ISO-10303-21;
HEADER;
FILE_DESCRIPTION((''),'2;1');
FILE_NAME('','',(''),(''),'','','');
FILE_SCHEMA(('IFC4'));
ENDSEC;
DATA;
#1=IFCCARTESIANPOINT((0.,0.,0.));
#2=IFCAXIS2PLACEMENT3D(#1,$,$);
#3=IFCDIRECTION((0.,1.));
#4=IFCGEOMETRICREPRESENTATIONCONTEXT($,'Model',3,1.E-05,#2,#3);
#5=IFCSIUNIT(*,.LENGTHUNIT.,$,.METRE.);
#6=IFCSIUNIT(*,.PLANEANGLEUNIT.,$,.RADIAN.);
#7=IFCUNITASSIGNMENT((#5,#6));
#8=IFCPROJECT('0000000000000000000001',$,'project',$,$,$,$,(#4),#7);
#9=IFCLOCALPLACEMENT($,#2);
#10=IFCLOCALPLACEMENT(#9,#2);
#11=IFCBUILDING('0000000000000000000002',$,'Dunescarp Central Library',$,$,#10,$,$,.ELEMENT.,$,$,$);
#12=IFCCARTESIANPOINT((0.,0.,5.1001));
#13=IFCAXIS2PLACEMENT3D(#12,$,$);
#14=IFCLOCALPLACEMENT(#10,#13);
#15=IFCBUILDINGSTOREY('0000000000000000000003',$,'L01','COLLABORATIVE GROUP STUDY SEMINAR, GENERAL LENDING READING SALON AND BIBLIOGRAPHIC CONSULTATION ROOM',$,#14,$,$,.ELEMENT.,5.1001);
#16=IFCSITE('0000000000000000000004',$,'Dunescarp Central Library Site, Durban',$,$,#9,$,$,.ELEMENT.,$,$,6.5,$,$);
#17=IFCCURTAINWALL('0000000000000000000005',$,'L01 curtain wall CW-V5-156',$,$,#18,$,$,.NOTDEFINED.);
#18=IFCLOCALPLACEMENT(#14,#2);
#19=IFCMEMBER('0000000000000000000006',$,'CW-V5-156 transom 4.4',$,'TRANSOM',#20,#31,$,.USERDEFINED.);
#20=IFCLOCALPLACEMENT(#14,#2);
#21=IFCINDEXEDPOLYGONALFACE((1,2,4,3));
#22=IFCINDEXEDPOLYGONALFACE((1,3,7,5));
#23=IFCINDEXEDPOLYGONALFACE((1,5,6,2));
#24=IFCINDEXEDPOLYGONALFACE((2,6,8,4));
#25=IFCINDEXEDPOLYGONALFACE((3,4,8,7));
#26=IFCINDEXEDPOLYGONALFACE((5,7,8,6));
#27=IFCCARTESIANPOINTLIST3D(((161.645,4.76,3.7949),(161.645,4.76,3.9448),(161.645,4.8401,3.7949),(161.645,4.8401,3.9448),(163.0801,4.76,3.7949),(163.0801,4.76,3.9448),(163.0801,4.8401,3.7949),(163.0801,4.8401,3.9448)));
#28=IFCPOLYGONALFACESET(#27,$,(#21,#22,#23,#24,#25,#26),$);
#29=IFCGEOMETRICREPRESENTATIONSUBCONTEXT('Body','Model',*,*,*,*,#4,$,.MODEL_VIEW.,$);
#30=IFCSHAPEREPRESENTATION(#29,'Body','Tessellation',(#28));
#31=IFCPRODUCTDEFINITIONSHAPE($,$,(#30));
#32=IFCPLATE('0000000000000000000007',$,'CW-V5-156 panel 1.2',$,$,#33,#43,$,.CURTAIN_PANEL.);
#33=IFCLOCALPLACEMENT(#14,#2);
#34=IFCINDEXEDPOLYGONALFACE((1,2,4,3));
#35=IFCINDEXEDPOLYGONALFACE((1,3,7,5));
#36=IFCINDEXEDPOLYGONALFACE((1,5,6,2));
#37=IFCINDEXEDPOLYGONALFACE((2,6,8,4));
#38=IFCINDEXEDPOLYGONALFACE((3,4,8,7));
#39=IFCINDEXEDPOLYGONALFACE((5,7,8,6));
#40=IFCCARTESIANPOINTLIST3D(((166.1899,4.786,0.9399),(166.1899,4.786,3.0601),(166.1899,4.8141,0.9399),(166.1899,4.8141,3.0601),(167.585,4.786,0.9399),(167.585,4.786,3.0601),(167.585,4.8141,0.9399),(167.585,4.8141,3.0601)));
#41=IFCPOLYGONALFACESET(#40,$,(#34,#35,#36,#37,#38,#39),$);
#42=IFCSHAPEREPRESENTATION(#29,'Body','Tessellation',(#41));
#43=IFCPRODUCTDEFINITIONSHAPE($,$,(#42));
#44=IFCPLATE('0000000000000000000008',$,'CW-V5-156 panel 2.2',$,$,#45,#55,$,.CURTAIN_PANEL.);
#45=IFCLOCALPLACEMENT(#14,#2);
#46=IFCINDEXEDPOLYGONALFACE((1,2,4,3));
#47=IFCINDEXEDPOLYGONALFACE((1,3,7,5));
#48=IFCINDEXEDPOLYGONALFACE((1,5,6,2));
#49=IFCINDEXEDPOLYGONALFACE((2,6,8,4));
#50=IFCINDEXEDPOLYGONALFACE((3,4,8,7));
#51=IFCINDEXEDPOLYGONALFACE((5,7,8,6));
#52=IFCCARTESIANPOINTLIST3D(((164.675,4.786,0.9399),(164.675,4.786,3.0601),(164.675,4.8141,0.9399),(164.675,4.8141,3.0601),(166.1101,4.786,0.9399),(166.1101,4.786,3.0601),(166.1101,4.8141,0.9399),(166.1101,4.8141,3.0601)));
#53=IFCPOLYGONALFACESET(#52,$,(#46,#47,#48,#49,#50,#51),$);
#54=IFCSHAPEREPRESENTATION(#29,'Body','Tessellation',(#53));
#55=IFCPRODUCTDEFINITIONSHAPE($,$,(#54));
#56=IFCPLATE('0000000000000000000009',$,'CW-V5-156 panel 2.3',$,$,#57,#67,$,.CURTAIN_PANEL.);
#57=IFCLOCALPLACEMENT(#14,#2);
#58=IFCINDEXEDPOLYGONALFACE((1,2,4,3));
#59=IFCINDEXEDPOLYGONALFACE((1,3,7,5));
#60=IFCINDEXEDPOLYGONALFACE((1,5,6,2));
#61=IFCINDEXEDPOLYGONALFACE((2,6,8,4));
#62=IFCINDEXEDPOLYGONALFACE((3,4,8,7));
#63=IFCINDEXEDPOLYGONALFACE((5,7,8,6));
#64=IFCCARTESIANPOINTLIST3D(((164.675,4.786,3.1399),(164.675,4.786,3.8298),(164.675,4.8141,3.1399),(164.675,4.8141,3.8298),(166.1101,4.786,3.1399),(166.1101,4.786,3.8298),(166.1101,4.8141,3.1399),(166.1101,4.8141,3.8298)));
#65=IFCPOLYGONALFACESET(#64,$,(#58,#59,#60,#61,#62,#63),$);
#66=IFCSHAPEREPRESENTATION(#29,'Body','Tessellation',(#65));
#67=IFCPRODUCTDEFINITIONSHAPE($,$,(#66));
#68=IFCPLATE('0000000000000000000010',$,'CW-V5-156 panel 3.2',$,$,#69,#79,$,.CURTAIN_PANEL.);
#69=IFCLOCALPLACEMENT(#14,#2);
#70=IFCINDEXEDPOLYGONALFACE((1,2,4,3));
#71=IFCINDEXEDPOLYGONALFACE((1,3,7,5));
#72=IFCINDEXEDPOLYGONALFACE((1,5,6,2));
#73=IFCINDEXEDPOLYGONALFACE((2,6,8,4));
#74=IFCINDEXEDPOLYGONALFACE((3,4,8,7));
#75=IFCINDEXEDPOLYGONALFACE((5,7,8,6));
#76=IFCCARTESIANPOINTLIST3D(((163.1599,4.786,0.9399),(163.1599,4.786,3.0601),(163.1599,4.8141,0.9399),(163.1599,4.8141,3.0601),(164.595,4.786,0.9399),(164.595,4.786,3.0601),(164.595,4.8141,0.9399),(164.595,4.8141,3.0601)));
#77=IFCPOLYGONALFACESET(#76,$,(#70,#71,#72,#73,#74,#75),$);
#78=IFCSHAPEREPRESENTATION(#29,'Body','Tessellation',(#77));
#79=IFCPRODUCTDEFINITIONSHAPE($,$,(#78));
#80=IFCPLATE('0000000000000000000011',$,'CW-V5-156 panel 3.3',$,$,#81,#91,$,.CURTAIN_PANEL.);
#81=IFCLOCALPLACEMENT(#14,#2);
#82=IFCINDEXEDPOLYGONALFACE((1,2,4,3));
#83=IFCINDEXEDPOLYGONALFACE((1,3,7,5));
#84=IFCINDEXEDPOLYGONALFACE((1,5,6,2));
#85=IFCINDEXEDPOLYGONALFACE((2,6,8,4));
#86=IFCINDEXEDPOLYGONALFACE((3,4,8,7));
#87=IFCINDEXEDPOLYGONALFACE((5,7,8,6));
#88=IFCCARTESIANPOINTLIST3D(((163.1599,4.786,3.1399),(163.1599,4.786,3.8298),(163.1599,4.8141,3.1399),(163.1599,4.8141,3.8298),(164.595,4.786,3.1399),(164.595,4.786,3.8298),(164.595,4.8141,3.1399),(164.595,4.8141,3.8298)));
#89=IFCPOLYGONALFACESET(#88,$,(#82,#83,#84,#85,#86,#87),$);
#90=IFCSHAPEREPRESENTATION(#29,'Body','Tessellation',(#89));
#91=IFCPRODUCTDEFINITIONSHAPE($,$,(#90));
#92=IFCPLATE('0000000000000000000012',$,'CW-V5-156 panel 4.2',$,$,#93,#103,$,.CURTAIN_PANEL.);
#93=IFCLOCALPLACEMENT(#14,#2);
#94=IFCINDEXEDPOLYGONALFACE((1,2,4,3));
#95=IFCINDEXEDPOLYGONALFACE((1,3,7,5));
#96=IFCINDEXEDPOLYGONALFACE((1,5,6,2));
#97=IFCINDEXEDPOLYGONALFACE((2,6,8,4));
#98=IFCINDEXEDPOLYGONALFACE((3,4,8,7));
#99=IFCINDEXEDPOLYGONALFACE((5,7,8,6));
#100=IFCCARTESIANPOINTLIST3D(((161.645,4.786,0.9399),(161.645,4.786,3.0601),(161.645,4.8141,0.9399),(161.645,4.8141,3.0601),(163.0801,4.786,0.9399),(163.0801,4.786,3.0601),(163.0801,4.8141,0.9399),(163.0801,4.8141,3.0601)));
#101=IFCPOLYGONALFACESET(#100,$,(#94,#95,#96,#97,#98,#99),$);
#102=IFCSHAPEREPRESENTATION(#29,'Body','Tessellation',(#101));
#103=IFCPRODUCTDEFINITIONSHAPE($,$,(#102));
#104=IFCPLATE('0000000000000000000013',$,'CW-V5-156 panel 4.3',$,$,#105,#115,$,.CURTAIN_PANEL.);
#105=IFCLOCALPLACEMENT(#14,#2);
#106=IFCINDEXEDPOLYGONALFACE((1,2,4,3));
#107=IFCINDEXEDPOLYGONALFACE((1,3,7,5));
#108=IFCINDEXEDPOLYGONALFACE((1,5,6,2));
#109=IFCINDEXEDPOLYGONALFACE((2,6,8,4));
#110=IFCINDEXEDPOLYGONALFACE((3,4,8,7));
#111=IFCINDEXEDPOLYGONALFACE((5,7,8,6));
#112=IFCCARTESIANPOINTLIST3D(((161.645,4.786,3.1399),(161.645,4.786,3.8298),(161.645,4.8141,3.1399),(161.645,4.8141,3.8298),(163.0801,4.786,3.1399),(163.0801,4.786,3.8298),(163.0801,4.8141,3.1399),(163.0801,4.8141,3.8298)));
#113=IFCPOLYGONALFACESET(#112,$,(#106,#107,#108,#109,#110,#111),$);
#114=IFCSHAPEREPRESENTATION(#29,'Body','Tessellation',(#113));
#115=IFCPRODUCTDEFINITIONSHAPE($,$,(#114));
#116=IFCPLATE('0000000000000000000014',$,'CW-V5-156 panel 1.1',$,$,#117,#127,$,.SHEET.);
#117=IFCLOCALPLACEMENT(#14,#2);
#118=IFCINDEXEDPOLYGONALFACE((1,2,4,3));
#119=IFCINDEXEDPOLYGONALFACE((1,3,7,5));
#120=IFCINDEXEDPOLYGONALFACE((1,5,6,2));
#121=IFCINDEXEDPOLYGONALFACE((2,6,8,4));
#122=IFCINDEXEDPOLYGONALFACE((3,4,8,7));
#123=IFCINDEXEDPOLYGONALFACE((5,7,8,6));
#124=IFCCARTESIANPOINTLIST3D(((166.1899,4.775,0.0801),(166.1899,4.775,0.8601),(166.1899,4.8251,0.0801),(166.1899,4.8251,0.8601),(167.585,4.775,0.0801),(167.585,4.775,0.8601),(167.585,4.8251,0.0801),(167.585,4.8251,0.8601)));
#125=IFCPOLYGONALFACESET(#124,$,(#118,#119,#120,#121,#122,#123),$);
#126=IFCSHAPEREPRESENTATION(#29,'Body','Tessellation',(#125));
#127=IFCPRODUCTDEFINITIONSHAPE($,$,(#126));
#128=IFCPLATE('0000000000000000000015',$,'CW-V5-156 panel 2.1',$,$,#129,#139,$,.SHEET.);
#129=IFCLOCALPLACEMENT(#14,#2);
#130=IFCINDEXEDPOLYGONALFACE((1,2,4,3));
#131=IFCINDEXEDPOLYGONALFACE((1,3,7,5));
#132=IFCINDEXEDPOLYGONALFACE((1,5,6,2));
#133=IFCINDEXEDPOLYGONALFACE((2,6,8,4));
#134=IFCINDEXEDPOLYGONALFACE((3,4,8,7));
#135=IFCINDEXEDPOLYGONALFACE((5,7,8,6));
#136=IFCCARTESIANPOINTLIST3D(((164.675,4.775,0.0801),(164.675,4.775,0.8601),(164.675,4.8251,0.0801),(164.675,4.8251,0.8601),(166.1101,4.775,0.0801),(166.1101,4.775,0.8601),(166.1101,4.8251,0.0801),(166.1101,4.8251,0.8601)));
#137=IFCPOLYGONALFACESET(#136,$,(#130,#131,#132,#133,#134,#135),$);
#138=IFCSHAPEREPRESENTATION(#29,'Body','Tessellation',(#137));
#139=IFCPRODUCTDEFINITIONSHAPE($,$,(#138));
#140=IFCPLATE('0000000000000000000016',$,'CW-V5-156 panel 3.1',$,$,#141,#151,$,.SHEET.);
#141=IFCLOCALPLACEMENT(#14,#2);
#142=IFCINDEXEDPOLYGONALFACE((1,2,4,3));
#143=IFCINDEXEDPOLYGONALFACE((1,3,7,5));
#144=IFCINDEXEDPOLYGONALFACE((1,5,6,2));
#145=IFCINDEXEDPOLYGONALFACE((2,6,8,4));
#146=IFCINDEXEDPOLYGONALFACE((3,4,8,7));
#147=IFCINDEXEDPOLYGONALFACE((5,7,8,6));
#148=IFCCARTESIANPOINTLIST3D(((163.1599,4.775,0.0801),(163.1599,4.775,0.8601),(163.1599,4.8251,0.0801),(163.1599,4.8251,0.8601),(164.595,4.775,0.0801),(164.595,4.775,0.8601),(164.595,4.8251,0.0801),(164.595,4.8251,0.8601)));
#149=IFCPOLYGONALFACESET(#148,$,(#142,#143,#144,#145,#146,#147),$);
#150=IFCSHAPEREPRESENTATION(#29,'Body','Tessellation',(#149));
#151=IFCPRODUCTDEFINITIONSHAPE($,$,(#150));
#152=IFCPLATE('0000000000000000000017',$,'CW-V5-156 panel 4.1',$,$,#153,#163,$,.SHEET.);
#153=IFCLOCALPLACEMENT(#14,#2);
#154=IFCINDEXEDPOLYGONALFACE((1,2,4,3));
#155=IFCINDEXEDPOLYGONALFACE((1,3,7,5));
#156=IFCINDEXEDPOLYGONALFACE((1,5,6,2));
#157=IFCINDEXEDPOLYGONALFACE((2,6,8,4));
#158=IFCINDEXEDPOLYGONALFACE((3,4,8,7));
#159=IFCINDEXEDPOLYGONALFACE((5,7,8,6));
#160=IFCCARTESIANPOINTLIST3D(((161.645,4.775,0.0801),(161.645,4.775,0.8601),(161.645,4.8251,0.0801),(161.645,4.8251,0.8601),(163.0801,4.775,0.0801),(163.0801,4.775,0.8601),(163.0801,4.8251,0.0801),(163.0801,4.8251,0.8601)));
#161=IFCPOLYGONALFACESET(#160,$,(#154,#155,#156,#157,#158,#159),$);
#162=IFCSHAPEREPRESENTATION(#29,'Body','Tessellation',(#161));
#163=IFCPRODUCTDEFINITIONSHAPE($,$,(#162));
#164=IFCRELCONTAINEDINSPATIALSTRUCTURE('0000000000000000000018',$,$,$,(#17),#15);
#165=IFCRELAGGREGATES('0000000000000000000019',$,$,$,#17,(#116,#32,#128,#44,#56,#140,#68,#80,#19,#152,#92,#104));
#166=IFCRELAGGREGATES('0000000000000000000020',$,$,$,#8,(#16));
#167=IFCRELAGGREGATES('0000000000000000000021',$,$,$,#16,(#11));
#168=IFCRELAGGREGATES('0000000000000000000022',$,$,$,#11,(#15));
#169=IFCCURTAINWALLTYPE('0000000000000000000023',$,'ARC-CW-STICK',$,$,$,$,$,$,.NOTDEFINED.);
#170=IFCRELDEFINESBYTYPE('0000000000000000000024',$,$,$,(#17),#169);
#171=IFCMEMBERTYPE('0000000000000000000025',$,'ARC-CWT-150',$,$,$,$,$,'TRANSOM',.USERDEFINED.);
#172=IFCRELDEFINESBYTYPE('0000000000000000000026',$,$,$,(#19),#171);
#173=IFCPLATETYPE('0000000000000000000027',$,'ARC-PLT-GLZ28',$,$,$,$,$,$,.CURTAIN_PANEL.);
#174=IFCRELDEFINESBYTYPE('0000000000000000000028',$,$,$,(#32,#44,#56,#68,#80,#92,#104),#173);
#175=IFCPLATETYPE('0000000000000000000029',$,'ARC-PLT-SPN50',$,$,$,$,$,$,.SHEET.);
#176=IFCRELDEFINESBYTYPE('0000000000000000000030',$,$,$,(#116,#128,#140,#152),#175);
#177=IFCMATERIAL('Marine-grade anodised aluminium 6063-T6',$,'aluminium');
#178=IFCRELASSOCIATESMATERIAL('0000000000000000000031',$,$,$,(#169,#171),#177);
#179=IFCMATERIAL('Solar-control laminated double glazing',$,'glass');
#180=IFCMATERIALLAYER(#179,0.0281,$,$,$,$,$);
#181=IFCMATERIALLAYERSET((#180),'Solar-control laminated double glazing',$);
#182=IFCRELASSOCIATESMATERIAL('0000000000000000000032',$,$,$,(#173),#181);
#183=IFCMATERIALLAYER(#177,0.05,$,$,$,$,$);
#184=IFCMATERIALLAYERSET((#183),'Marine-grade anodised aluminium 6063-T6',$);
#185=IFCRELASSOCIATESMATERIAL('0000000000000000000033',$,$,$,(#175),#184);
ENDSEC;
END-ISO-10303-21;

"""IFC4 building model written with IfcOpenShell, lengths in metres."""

from ifc_helpers import new_model, si_unit, direction, frame, origin, origin_2d, place, context, subcontext, project, spatial, rectangle, extrude, material, layer, layer_set, material_profile, profile_set, type_object, element, aggregate, save


model = new_model("IFC4")

# Units and contexts
model_context = context("Model", 3, precision=1e-05, world=origin(), true_north=direction((0.0, 1.0)))
body_context = subcontext(model_context, "Body", "Model", "MODEL_VIEW")
ifc_project = project(units=[si_unit("LENGTHUNIT", "METRE"), si_unit("PLANEANGLEUNIT", "RADIAN")], contexts=[model_context])

# Site, building, storey
site_placement = place(None, origin())
site = spatial("IfcSite", under=ifc_project, at=site_placement, Name="Dunescarp Central Library Site, Durban", CompositionType="ELEMENT", RefElevation=6.5)
building_placement = place(site_placement, origin())
building = spatial("IfcBuilding", under=site, at=building_placement, Name="Dunescarp Central Library", CompositionType="ELEMENT")
storey_placement = place(building_placement, frame((0.0, 0.0, 5.1001)))
storey = spatial("IfcBuildingStorey", under=building, at=storey_placement, Name="L01", Description="COLLABORATIVE GROUP STUDY SEMINAR, GENERAL LENDING READING SALON AND BIBLIOGRAPHIC CONSULTATION ROOM", CompositionType="ELEMENT", Elevation=5.1001)

# Curtain wall, member, plates
ifc_material_1 = material(Name="Marine-grade anodised aluminium 6063-T6", Category="aluminium")
curtain_wall_type = type_object("IfcCurtainWallType", Name="ARC-CW-STICK", PredefinedType="NOTDEFINED", material=ifc_material_1)
curtain_wall_placement = place(storey_placement, origin())
curtain_wall = element("IfcCurtainWall", 1, at=curtain_wall_placement, inside=storey, type_object=curtain_wall_type, Name="L01 curtain wall CW-V5-156", PredefinedType="NOTDEFINED")
ifc_material_profile_1 = material_profile(ifc_material_1, rectangle(XDim=0.0801, YDim=0.1499, at=origin_2d()), Name="AL 80x150")
ifc_profile_set_1 = profile_set([ifc_material_profile_1], Name="Marine-grade anodised aluminium 6063-T6")
member_type_1 = type_object("IfcMemberType", Name="ARC-CWT-150", ElementType="TRANSOM", PredefinedType="USERDEFINED", material=ifc_profile_set_1)
member_1_placement = place(storey_placement, frame((163.0801, 4.8, 3.8699), z_axis=(-1.0, 0.0, 0.0), x_axis=(0.0, -1.0, 0.0)))
member_1 = element("IfcMember", 2, at=member_1_placement, type_object=member_type_1, Name="CW-V5-156 transom 4.4", ObjectType="TRANSOM", PredefinedType="USERDEFINED", context=body_context, shape_type="SweptSolid", body=[
    extrude(rectangle(XDim=0.0801, YDim=0.1499, at=origin_2d()), origin(), (0.0, 0.0, 1.0), 1.4351),
])
ifc_material_2 = material(Name="Solar-control laminated double glazing", Category="glass")
ifc_layer_1 = layer(ifc_material_2, 0.0281)
ifc_layer_set_1 = layer_set([ifc_layer_1], Name="Solar-control laminated double glazing")
plate_type_1 = type_object("IfcPlateType", Name="ARC-PLT-GLZ28", PredefinedType="CURTAIN_PANEL", material=ifc_layer_set_1)
plate_1_placement = place(storey_placement, frame((166.8875, 4.8, 0.9399), z_axis=(0.0, 0.0, 1.0), x_axis=(-1.0, 0.0, 0.0)))
plate_1 = element("IfcPlate", 3, at=plate_1_placement, type_object=plate_type_1, Name="CW-V5-156 panel 1.2", PredefinedType="CURTAIN_PANEL", context=body_context, shape_type="SweptSolid", body=[
    extrude(rectangle(XDim=1.395, YDim=0.0281, at=origin_2d()), origin(), (0.0, 0.0, 1.0), 2.1201),
])
plate_2_placement = place(storey_placement, frame((165.3926, 4.8, 0.9399), z_axis=(0.0, 0.0, 1.0), x_axis=(-1.0, 0.0, 0.0)))
plate_2 = element("IfcPlate", 4, at=plate_2_placement, type_object=plate_type_1, Name="CW-V5-156 panel 2.2", PredefinedType="CURTAIN_PANEL", context=body_context, shape_type="SweptSolid", body=[
    extrude(rectangle(XDim=1.4351, YDim=0.0281, at=origin_2d()), origin(), (0.0, 0.0, 1.0), 2.1201),
])
plate_3_placement = place(storey_placement, frame((165.3926, 4.8, 3.1399), z_axis=(0.0, 0.0, 1.0), x_axis=(-1.0, 0.0, 0.0)))
plate_3 = element("IfcPlate", 5, at=plate_3_placement, type_object=plate_type_1, Name="CW-V5-156 panel 2.3", PredefinedType="CURTAIN_PANEL", context=body_context, shape_type="SweptSolid", body=[
    extrude(rectangle(XDim=1.4351, YDim=0.0281, at=origin_2d()), origin(), (0.0, 0.0, 1.0), 0.6899),
])
plate_4_placement = place(storey_placement, frame((163.8774, 4.8, 0.9399), z_axis=(0.0, 0.0, 1.0), x_axis=(-1.0, 0.0, 0.0)))
plate_4 = element("IfcPlate", 6, at=plate_4_placement, type_object=plate_type_1, Name="CW-V5-156 panel 3.2", PredefinedType="CURTAIN_PANEL", context=body_context, shape_type="SweptSolid", body=[
    extrude(rectangle(XDim=1.4351, YDim=0.0281, at=origin_2d()), origin(), (0.0, 0.0, 1.0), 2.1201),
])
plate_5_placement = place(storey_placement, frame((163.8774, 4.8, 3.1399), z_axis=(0.0, 0.0, 1.0), x_axis=(-1.0, 0.0, 0.0)))
plate_5 = element("IfcPlate", 7, at=plate_5_placement, type_object=plate_type_1, Name="CW-V5-156 panel 3.3", PredefinedType="CURTAIN_PANEL", context=body_context, shape_type="SweptSolid", body=[
    extrude(rectangle(XDim=1.4351, YDim=0.0281, at=origin_2d()), origin(), (0.0, 0.0, 1.0), 0.6899),
])
plate_6_placement = place(storey_placement, frame((162.3625, 4.8, 0.9399), z_axis=(0.0, 0.0, 1.0), x_axis=(-1.0, 0.0, 0.0)))
plate_6 = element("IfcPlate", 8, at=plate_6_placement, type_object=plate_type_1, Name="CW-V5-156 panel 4.2", PredefinedType="CURTAIN_PANEL", context=body_context, shape_type="SweptSolid", body=[
    extrude(rectangle(XDim=1.4351, YDim=0.0281, at=origin_2d()), origin(), (0.0, 0.0, 1.0), 2.1201),
])
plate_7_placement = place(storey_placement, frame((162.3625, 4.8, 3.1399), z_axis=(0.0, 0.0, 1.0), x_axis=(-1.0, 0.0, 0.0)))
plate_7 = element("IfcPlate", 9, at=plate_7_placement, type_object=plate_type_1, Name="CW-V5-156 panel 4.3", PredefinedType="CURTAIN_PANEL", context=body_context, shape_type="SweptSolid", body=[
    extrude(rectangle(XDim=1.4351, YDim=0.0281, at=origin_2d()), origin(), (0.0, 0.0, 1.0), 0.6899),
])
ifc_layer_2 = layer(ifc_material_1, 0.05)
ifc_layer_set_2 = layer_set([ifc_layer_2], Name="Marine-grade anodised aluminium 6063-T6")
plate_type_2 = type_object("IfcPlateType", Name="ARC-PLT-SPN50", PredefinedType="SHEET", material=ifc_layer_set_2)
plate_8_placement = place(storey_placement, frame((166.8875, 4.8, 0.0801), z_axis=(0.0, 0.0, 1.0), x_axis=(-1.0, 0.0, 0.0)))
plate_8 = element("IfcPlate", 10, at=plate_8_placement, type_object=plate_type_2, Name="CW-V5-156 panel 1.1", PredefinedType="SHEET", context=body_context, shape_type="SweptSolid", body=[
    extrude(rectangle(XDim=1.395, YDim=0.05, at=origin_2d()), origin(), (0.0, 0.0, 1.0), 0.78),
])
plate_9_placement = place(storey_placement, frame((165.3926, 4.8, 0.0801), z_axis=(0.0, 0.0, 1.0), x_axis=(-1.0, 0.0, 0.0)))
plate_9 = element("IfcPlate", 11, at=plate_9_placement, type_object=plate_type_2, Name="CW-V5-156 panel 2.1", PredefinedType="SHEET", context=body_context, shape_type="SweptSolid", body=[
    extrude(rectangle(XDim=1.4351, YDim=0.05, at=origin_2d()), origin(), (0.0, 0.0, 1.0), 0.78),
])
plate_10_placement = place(storey_placement, frame((163.8774, 4.8, 0.0801), z_axis=(0.0, 0.0, 1.0), x_axis=(-1.0, 0.0, 0.0)))
plate_10 = element("IfcPlate", 12, at=plate_10_placement, type_object=plate_type_2, Name="CW-V5-156 panel 3.1", PredefinedType="SHEET", context=body_context, shape_type="SweptSolid", body=[
    extrude(rectangle(XDim=1.4351, YDim=0.05, at=origin_2d()), origin(), (0.0, 0.0, 1.0), 0.78),
])
plate_11_placement = place(storey_placement, frame((162.3625, 4.8, 0.0801), z_axis=(0.0, 0.0, 1.0), x_axis=(-1.0, 0.0, 0.0)))
plate_11 = element("IfcPlate", 13, at=plate_11_placement, type_object=plate_type_2, Name="CW-V5-156 panel 4.1", PredefinedType="SHEET", context=body_context, shape_type="SweptSolid", body=[
    extrude(rectangle(XDim=1.4351, YDim=0.05, at=origin_2d()), origin(), (0.0, 0.0, 1.0), 0.78),
])
aggregate(curtain_wall, [plate_8, plate_1, plate_9, plate_2, plate_3, plate_10, plate_4, plate_5, member_1, plate_11, plate_6, plate_7])

save(model, "model.ifc")
